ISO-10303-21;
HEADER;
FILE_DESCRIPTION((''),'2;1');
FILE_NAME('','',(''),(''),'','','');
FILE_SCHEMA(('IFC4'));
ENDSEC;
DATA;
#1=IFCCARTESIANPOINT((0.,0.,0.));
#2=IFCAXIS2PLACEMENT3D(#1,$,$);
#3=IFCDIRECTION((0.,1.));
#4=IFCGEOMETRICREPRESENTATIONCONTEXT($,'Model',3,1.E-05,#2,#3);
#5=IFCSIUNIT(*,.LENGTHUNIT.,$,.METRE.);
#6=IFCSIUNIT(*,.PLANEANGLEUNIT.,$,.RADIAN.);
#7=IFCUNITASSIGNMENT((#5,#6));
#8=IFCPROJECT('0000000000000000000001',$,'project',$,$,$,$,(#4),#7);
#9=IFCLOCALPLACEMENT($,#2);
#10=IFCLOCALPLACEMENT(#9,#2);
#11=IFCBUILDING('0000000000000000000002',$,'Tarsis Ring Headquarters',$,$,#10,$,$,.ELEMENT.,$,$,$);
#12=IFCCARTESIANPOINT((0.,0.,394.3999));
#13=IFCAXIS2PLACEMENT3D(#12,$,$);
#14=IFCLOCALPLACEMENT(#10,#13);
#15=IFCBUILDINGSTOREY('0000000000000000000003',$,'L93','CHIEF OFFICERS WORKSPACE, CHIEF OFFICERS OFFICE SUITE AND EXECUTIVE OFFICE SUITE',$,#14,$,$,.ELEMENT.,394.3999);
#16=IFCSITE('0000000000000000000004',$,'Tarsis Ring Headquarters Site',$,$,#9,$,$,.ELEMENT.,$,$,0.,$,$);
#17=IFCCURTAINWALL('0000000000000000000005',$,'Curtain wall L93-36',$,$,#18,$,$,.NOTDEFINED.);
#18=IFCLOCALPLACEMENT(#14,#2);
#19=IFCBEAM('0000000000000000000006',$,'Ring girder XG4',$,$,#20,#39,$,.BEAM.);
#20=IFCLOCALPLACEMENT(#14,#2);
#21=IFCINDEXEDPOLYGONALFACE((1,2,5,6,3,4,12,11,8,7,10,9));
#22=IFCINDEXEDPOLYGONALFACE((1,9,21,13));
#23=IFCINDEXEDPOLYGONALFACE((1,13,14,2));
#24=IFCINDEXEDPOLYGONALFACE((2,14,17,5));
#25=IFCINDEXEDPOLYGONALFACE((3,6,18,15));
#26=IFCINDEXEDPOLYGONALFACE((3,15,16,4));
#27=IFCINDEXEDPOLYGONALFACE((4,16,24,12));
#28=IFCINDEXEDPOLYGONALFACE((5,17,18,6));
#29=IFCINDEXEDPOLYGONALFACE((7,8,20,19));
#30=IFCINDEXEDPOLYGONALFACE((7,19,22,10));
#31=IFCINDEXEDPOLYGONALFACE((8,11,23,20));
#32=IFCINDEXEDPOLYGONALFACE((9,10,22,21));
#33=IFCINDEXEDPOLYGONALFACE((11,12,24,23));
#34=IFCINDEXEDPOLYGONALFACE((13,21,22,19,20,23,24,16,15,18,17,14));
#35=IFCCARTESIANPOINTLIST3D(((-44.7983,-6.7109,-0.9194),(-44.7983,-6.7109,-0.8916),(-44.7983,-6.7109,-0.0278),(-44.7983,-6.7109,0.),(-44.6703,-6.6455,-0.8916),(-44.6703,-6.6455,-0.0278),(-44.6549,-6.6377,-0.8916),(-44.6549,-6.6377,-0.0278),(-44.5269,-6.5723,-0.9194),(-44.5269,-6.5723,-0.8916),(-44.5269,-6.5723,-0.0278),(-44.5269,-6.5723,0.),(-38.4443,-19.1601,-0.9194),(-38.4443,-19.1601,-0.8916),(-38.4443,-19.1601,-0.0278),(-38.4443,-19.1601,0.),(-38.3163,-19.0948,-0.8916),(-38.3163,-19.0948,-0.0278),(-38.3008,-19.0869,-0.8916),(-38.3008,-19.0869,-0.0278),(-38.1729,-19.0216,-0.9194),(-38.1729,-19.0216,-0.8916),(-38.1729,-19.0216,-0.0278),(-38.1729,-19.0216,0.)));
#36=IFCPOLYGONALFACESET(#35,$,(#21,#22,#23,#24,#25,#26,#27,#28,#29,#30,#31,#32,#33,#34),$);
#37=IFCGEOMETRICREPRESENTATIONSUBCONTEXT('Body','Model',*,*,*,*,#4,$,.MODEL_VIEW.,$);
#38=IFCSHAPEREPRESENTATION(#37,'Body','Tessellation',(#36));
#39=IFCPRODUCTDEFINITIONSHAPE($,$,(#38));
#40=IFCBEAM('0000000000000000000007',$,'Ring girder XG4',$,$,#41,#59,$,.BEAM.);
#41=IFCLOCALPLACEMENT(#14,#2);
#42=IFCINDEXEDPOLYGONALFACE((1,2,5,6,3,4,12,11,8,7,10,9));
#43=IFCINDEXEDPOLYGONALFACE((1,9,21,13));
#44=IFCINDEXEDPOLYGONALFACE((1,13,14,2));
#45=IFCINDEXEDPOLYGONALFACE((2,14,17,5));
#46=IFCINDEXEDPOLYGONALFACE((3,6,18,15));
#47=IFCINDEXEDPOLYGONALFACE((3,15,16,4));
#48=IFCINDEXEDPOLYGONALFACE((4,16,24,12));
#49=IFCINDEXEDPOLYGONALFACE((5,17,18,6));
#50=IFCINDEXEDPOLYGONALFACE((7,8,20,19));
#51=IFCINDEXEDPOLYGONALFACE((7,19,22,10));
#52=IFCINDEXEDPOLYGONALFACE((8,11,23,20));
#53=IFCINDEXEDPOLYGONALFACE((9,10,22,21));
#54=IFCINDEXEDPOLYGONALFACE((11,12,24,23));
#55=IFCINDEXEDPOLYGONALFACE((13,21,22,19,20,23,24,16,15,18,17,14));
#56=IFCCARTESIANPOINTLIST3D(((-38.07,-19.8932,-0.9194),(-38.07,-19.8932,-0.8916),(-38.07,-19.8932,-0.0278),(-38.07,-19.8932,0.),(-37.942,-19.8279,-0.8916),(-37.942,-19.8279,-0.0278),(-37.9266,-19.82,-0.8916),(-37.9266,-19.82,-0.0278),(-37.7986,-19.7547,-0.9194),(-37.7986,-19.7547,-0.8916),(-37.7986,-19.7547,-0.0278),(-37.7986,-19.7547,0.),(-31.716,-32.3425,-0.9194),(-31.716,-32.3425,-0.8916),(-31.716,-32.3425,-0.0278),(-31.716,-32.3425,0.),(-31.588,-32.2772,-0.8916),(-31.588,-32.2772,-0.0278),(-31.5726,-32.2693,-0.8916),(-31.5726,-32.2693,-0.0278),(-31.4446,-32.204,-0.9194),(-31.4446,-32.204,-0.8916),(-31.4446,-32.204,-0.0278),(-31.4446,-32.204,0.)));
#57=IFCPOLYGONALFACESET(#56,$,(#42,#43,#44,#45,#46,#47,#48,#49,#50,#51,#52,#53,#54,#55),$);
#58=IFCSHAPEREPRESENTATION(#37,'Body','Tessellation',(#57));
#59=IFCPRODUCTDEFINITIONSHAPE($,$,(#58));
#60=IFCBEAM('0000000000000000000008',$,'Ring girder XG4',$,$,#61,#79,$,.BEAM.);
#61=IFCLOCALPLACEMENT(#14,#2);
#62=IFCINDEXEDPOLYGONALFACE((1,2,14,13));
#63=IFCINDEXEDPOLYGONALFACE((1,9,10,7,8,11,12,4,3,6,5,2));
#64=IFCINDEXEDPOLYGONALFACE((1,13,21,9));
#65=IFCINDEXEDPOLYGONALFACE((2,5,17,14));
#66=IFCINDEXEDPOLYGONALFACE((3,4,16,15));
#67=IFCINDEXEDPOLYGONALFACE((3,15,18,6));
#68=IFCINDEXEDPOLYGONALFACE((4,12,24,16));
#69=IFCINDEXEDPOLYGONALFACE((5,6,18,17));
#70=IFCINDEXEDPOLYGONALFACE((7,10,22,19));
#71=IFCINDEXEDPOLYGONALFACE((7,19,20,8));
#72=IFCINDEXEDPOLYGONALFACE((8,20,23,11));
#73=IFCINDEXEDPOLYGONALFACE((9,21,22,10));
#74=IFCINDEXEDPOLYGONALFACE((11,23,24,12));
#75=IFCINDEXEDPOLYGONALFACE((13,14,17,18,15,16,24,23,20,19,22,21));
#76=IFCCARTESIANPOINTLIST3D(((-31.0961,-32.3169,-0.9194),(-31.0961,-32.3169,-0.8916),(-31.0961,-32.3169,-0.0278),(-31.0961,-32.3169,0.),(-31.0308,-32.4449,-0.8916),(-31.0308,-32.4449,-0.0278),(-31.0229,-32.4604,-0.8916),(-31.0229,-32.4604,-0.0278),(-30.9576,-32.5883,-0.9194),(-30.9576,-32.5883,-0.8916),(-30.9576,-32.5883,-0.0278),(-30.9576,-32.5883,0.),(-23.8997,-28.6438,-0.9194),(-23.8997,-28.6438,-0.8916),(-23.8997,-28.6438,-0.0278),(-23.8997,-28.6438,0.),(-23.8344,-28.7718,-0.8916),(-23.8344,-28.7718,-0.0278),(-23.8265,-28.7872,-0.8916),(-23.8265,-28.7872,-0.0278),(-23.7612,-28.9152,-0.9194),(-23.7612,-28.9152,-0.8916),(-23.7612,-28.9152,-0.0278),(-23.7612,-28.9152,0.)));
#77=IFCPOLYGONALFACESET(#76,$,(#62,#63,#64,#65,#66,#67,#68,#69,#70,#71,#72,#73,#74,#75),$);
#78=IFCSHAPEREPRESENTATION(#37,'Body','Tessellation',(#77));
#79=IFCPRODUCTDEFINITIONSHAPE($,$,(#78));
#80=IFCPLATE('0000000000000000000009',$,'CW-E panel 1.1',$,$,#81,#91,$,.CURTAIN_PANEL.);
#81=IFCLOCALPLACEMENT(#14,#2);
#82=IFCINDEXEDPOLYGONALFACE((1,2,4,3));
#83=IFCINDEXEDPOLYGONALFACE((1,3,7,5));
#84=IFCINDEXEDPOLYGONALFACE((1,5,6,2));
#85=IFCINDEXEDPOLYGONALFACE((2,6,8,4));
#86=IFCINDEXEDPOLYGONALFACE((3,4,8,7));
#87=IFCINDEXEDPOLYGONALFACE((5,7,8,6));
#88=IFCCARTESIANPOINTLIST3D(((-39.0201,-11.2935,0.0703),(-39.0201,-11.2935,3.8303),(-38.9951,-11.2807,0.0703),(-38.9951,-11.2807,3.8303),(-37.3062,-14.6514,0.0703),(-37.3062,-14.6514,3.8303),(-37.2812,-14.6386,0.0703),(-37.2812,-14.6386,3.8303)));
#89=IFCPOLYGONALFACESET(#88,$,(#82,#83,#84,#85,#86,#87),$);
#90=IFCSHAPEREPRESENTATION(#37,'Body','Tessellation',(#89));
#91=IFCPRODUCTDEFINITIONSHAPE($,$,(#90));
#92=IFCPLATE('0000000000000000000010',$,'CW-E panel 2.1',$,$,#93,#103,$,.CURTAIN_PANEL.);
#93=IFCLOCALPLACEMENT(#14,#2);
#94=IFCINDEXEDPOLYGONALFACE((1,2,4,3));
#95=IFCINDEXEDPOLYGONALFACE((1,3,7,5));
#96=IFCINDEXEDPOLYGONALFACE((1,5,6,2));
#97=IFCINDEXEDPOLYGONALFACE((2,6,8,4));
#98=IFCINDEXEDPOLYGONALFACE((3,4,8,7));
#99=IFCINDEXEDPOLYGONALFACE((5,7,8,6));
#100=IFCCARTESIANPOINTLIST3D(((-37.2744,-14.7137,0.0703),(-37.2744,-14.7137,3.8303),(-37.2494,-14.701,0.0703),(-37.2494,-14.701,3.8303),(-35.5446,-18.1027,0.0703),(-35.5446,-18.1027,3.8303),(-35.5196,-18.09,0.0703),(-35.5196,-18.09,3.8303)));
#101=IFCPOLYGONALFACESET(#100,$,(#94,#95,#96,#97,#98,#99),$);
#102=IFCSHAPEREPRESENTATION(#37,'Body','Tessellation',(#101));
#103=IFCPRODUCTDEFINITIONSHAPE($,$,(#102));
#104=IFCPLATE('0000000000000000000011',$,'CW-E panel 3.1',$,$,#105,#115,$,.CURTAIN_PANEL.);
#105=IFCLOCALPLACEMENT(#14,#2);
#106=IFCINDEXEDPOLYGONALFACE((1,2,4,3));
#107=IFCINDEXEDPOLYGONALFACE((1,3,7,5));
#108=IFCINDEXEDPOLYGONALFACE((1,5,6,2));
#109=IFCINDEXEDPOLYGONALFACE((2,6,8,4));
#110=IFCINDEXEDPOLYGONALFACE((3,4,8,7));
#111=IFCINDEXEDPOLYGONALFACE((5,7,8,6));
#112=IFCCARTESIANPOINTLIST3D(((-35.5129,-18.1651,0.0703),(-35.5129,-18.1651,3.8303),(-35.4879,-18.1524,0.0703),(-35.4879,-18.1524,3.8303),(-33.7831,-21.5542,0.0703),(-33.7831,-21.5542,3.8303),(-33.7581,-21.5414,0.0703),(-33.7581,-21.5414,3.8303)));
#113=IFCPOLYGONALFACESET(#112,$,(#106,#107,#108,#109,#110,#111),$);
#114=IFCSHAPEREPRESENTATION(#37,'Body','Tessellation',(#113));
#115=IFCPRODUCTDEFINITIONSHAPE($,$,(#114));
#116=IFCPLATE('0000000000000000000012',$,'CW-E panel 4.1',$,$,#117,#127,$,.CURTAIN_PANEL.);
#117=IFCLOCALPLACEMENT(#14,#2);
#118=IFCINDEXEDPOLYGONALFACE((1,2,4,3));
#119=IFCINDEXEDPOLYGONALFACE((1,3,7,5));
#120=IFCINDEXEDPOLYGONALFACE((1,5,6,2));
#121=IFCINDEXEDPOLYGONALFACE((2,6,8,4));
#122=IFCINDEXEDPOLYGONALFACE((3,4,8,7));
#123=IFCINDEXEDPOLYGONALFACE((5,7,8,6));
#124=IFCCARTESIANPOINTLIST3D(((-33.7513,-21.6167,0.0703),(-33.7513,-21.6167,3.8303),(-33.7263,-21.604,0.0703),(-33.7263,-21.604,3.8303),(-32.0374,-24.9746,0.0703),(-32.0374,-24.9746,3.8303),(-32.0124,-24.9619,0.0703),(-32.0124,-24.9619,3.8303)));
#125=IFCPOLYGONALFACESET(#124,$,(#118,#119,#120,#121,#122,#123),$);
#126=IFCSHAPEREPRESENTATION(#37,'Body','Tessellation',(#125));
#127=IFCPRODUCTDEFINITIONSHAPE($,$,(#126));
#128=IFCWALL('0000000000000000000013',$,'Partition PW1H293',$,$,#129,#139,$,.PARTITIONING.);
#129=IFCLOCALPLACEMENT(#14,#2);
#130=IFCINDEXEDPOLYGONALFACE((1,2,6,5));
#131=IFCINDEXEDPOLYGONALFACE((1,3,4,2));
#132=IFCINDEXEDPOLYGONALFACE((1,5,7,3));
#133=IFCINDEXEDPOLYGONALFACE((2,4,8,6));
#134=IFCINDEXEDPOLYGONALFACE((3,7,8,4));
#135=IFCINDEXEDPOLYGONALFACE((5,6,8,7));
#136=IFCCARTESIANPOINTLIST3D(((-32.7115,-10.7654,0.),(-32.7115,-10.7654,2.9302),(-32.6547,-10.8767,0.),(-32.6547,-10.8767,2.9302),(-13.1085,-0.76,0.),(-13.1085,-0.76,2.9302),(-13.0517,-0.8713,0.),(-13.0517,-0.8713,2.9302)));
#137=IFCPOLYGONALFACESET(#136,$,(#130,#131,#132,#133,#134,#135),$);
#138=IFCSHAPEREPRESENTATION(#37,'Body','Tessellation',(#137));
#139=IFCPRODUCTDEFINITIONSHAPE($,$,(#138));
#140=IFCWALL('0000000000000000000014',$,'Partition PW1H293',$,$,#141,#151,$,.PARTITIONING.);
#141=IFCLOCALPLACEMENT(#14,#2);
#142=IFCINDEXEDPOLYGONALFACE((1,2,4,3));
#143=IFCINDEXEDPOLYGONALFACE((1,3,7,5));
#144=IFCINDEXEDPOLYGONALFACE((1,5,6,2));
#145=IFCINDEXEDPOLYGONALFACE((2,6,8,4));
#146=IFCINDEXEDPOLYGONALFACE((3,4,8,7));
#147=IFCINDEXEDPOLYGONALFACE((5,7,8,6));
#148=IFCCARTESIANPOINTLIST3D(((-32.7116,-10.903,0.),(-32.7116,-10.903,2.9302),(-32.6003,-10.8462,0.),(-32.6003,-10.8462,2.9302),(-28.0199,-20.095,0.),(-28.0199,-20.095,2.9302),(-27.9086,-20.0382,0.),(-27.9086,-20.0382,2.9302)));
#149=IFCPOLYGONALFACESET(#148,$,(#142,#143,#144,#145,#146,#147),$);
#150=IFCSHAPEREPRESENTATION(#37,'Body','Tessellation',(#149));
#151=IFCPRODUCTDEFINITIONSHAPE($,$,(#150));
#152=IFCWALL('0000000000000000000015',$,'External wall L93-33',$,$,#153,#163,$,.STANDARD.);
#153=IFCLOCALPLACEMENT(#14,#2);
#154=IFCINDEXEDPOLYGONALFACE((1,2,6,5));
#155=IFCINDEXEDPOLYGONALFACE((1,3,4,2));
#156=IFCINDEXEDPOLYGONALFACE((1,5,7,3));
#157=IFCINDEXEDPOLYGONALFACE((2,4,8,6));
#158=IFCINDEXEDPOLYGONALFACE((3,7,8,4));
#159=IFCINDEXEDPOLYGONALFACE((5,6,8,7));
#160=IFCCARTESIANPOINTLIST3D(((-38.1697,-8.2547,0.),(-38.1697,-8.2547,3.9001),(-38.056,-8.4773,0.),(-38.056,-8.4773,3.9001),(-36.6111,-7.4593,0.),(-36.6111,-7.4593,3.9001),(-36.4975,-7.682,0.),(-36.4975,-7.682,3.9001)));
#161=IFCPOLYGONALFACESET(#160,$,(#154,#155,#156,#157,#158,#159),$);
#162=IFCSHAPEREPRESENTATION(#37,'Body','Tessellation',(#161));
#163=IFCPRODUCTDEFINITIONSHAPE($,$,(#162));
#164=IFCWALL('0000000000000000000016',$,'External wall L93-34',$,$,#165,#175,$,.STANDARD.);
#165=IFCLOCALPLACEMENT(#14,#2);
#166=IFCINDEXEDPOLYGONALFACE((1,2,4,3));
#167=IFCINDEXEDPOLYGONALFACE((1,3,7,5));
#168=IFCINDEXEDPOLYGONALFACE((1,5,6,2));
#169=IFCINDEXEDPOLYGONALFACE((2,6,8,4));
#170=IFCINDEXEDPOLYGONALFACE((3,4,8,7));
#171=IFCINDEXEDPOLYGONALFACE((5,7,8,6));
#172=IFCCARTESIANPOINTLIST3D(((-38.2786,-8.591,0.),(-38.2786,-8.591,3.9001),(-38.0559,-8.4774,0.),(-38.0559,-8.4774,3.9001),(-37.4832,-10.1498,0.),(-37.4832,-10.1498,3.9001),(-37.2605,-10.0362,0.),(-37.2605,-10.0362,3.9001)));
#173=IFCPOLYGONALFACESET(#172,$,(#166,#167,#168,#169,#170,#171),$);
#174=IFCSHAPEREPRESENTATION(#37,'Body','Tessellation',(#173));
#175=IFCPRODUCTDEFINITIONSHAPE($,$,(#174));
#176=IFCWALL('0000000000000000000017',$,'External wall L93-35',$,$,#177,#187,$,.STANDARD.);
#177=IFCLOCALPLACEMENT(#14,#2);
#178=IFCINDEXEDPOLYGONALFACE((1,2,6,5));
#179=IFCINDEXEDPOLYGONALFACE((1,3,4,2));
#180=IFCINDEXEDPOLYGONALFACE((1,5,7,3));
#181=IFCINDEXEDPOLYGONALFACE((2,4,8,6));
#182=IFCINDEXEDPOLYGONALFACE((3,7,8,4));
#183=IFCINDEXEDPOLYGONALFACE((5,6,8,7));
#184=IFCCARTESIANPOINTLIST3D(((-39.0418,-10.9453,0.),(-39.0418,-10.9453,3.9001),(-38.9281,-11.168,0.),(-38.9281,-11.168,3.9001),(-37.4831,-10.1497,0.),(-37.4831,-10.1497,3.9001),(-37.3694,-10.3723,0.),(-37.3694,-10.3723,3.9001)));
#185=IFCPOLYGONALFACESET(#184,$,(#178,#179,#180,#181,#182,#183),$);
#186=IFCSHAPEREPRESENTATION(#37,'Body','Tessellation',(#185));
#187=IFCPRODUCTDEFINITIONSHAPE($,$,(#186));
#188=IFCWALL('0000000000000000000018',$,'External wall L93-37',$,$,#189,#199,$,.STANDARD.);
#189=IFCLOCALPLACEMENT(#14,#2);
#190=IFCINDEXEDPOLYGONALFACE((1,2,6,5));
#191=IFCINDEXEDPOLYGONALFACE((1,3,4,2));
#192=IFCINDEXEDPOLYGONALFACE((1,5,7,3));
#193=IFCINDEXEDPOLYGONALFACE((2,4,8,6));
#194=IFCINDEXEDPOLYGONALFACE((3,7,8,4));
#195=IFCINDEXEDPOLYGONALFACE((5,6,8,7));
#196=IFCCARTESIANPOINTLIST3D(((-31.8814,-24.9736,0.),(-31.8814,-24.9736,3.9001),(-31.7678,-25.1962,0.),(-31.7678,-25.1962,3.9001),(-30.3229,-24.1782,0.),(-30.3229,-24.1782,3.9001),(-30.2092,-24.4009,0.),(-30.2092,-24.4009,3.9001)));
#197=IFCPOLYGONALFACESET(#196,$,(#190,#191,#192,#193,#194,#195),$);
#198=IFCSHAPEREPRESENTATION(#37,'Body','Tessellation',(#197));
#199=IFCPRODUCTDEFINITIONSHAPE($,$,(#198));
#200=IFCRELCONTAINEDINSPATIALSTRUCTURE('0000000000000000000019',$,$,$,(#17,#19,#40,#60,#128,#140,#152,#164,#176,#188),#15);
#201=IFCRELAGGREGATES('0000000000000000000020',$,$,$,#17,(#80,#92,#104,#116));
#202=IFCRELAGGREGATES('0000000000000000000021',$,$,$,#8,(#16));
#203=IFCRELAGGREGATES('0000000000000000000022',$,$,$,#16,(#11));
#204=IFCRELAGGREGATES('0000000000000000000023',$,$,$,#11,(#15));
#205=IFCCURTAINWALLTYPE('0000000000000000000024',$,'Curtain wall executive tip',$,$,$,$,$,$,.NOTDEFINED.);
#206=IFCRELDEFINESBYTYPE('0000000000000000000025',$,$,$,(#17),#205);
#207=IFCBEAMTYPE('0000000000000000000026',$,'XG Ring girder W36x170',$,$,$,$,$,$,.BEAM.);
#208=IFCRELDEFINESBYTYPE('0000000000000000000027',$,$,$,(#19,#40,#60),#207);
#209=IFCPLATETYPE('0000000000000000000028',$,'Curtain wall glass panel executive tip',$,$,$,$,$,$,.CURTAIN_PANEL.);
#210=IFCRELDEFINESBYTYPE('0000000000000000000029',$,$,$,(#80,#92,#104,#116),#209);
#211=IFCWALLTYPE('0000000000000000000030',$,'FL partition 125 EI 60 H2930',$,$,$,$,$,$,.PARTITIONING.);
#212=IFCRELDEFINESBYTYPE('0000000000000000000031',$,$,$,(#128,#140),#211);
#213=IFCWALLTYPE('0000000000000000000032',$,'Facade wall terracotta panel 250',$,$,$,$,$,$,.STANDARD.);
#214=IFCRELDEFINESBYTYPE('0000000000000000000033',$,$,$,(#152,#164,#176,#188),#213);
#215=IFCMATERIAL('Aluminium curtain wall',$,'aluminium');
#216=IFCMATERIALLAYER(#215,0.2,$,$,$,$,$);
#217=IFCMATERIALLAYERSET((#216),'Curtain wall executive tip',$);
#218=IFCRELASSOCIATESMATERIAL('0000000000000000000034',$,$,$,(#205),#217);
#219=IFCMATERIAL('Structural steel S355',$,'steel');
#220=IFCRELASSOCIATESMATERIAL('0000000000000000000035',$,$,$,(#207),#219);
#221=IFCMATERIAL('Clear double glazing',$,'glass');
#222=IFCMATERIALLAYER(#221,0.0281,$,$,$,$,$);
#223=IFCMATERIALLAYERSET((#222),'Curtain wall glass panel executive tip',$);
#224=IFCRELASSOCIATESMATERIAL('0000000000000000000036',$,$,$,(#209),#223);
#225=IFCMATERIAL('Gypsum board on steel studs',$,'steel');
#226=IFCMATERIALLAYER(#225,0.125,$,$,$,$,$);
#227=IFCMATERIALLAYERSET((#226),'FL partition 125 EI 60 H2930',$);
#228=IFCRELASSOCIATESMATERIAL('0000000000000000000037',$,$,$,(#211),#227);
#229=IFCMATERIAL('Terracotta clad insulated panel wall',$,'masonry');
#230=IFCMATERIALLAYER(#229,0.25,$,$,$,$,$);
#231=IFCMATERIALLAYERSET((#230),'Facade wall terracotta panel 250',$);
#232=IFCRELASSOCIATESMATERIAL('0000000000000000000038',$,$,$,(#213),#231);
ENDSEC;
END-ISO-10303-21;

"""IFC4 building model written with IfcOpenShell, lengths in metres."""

from ifc_helpers import new_model, si_unit, direction, frame, frame_2d, origin, origin_2d, place, context, subcontext, project, spatial, rectangle, i_section, extrude, material, layer, layer_set, material_profile, profile_set, type_object, element, aggregate, save


model = new_model("IFC4")

# Units and contexts
model_context = context("Model", 3, precision=1e-05, world=origin(), true_north=direction((0.0, 1.0)))
body_context = subcontext(model_context, "Body", "Model", "MODEL_VIEW")
ifc_project = project(units=[si_unit("LENGTHUNIT", "METRE"), si_unit("PLANEANGLEUNIT", "RADIAN")], contexts=[model_context])

# Site, building, storey
site_placement = place(None, origin())
site = spatial("IfcSite", under=ifc_project, at=site_placement, Name="Tarsis Ring Headquarters Site", CompositionType="ELEMENT", RefElevation=0.0)
building_placement = place(site_placement, origin())
building = spatial("IfcBuilding", under=site, at=building_placement, Name="Tarsis Ring Headquarters", CompositionType="ELEMENT")
storey_placement = place(building_placement, frame((0.0, 0.0, 394.3999)))
storey = spatial("IfcBuildingStorey", under=building, at=storey_placement, Name="L93", Description="CHIEF OFFICERS WORKSPACE, CHIEF OFFICERS OFFICE SUITE AND EXECUTIVE OFFICE SUITE", CompositionType="ELEMENT", Elevation=394.3999)

# Shared definitions
ifc_material_1 = material(Name="Structural steel S355", Category="steel")

# Curtain wall
ifc_material_2 = material(Name="Aluminium curtain wall", Category="aluminium")
ifc_layer_1 = layer(ifc_material_2, 0.2)
ifc_layer_set_1 = layer_set([ifc_layer_1], Name="Curtain wall executive tip")
curtain_wall_type = type_object("IfcCurtainWallType", Name="Curtain wall executive tip", PredefinedType="NOTDEFINED", material=ifc_layer_set_1)
curtain_wall_placement = place(storey_placement, origin())
curtain_wall = element("IfcCurtainWall", 1, at=curtain_wall_placement, inside=storey, type_object=curtain_wall_type, Name="Curtain wall L93-36", PredefinedType="NOTDEFINED")

# Beams
ifc_material_profile_1 = material_profile(ifc_material_1, i_section(OverallWidth=0.3047, OverallDepth=0.9194, WebThickness=0.0173, FlangeThickness=0.0278, at=origin_2d()), Name="W36x170")
ifc_profile_set_1 = profile_set([ifc_material_profile_1], Name="Structural steel S355")
beam_type = type_object("IfcBeamType", Name="XG Ring girder W36x170", PredefinedType="BEAM", material=ifc_profile_set_1)
for number, where, z_axis, x_axis, name in (
    (2, (-44.6626, -6.6416, -0.4597), (0.454604, -0.890693, 0.0), (0.890693, 0.454604, 0.0), "Ring girder XG4"),
    (3, (-37.9343, -19.824, -0.4597), (0.454604, -0.890693, 0.0), (0.890693, 0.454604, 0.0), "Ring girder XG4"),
):
    element("IfcBeam", number, at=place(storey_placement, frame(where, z_axis=z_axis, x_axis=x_axis)), inside=storey, type_object=beam_type, Name=name, PredefinedType="BEAM", context=body_context, shape_type="SweptSolid", body=[
        extrude(i_section(OverallWidth=0.3047, OverallDepth=0.9194, WebThickness=0.0173, FlangeThickness=0.0278, at=origin_2d()), origin(), (0.0, 0.0, 1.0), 13.9771),
    ])
beam_placement = place(storey_placement, frame((-31.0269, -32.4526, -0.4597), z_axis=(0.890686, 0.45462, 0.0), x_axis=(-0.45462, 0.890686, 0.0)))
element("IfcBeam", 4, at=beam_placement, inside=storey, type_object=beam_type, Name="Ring girder XG4", PredefinedType="BEAM", context=body_context, shape_type="SweptSolid", body=[
    extrude(i_section(OverallWidth=0.3047, OverallDepth=0.9194, WebThickness=0.0173, FlangeThickness=0.0278, at=origin_2d()), origin(), (0.0, 0.0, 1.0), 8.0796),
])

# Plates
ifc_material_3 = material(Name="Clear double glazing", Category="glass")
ifc_layer_2 = layer(ifc_material_3, 0.0281)
ifc_layer_set_2 = layer_set([ifc_layer_2], Name="Curtain wall glass panel executive tip")
plate_type = type_object("IfcPlateType", Name="Curtain wall glass panel executive tip", PredefinedType="CURTAIN_PANEL", material=ifc_layer_set_2)
plate_1_placement = place(storey_placement, frame((-38.1506, -12.9661, 0.0703), z_axis=(0.0, 0.0, 1.0), x_axis=(0.454612, -0.890689, 0.0)))
plate_1 = element("IfcPlate", 5, at=plate_1_placement, type_object=plate_type, Name="CW-E panel 1.1", PredefinedType="CURTAIN_PANEL", context=body_context, shape_type="SweptSolid", body=[
    extrude(rectangle(XDim=3.77, YDim=0.0281, at=origin_2d()), origin(), (0.0, 0.0, 1.0), 3.76),
])
plate_2_placement = place(storey_placement, frame((-36.397, -16.4019, 0.0703), z_axis=(0.0, 0.0, 1.0), x_axis=(0.454612, -0.890689, 0.0)))
plate_2 = element("IfcPlate", 6, at=plate_2_placement, type_object=plate_type, Name="CW-E panel 2.1", PredefinedType="CURTAIN_PANEL", context=body_context, shape_type="SweptSolid", body=[
    extrude(rectangle(XDim=3.8049, YDim=0.0281, at=origin_2d()), origin(), (0.0, 0.0, 1.0), 3.76),
])
plate_3_placement = place(storey_placement, frame((-34.6355, -19.8533, 0.0703), z_axis=(0.0, 0.0, 1.0), x_axis=(0.454612, -0.890689, 0.0)))
plate_3 = element("IfcPlate", 7, at=plate_3_placement, type_object=plate_type, Name="CW-E panel 3.1", PredefinedType="CURTAIN_PANEL", context=body_context, shape_type="SweptSolid", body=[
    extrude(rectangle(XDim=3.8049, YDim=0.0281, at=origin_2d()), origin(), (0.0, 0.0, 1.0), 3.76),
])
plate_4_placement = place(storey_placement, frame((-32.8818, -23.2893, 0.0703), z_axis=(0.0, 0.0, 1.0), x_axis=(0.454612, -0.890689, 0.0)))
plate_4 = element("IfcPlate", 8, at=plate_4_placement, type_object=plate_type, Name="CW-E panel 4.1", PredefinedType="CURTAIN_PANEL", context=body_context, shape_type="SweptSolid", body=[
    extrude(rectangle(XDim=3.77, YDim=0.0281, at=origin_2d()), origin(), (0.0, 0.0, 1.0), 3.76),
])
aggregate(curtain_wall, [plate_1, plate_2, plate_3, plate_4])

# Walls
ifc_material_4 = material(Name="Gypsum board on steel studs", Category="steel")
ifc_layer_3 = layer(ifc_material_4, 0.125)
ifc_layer_set_3 = layer_set([ifc_layer_3], Name="FL partition 125 EI 60 H2930")
wall_type_1 = type_object("IfcWallType", Name="FL partition 125 EI 60 H2930", PredefinedType="PARTITIONING", material=ifc_layer_set_3)
wall_1_placement = place(storey_placement, frame((-32.6831, -10.821, 0.0), z_axis=(0.0, 0.0, 1.0), x_axis=(0.890691, 0.454608, 0.0)))
element("IfcWall", 9, at=wall_1_placement, inside=storey, type_object=wall_type_1, Name="Partition PW1H293", PredefinedType="PARTITIONING", context=body_context, shape_type="SweptSolid", body=[
    extrude(rectangle(XDim=22.0088, YDim=0.125, at=frame_2d((11.0044, 0.0))), origin(), (0.0, 0.0, 1.0), 2.9302),
])
wall_2_placement = place(storey_placement, frame((-32.656, -10.8745, 0.0), z_axis=(0.0, 0.0, 1.0), x_axis=(0.454617, -0.890687, 0.0)))
element("IfcWall", 10, at=wall_2_placement, inside=storey, type_object=wall_type_1, Name="Partition PW1H293", PredefinedType="PARTITIONING", context=body_context, shape_type="SweptSolid", body=[
    extrude(rectangle(XDim=10.3201, YDim=0.125, at=frame_2d((5.1602, 0.0))), origin(), (0.0, 0.0, 1.0), 2.9302),
])
ifc_material_5 = material(Name="Terracotta clad insulated panel wall", Category="masonry")
ifc_layer_4 = layer(ifc_material_5, 0.25)
ifc_layer_set_4 = layer_set([ifc_layer_4], Name="Facade wall terracotta panel 250")
wall_type_2 = type_object("IfcWallType", Name="Facade wall terracotta panel 250", PredefinedType="STANDARD", material=ifc_layer_set_4)
wall_3_placement = place(storey_placement, frame((-36.5542, -7.5706, 0.0), z_axis=(0.0, 0.0, 1.0), x_axis=(-0.890713, -0.454565, 0.0)))
element("IfcWall", 11, at=wall_3_placement, inside=storey, type_object=wall_type_2, Name="External wall L93-33", PredefinedType="STANDARD", context=body_context, shape_type="SweptSolid", body=[
    extrude(rectangle(XDim=1.7498, YDim=0.25, at=frame_2d((0.875, 0.0))), origin(), (0.0, 0.0, 1.0), 3.9001),
])
for number, where, z_axis, x_axis, name in (
    (12, (-38.1672, -8.5342, 0.0), (0.0, 0.0, 1.0), (0.454509, -0.890742, 0.0), "External wall L93-34"),
    (13, (-37.4263, -10.261, 0.0), (0.0, 0.0, 1.0), (-0.890657, -0.454676, 0.0), "External wall L93-35"),
):
    element("IfcWall", number, at=place(storey_placement, frame(where, z_axis=z_axis, x_axis=x_axis)), inside=storey, type_object=wall_type_2, Name=name, PredefinedType="STANDARD", context=body_context, shape_type="SweptSolid", body=[
        extrude(rectangle(XDim=1.75, YDim=0.25, at=frame_2d((0.875, 0.0))), origin(), (0.0, 0.0, 1.0), 3.9001),
    ])
wall_4_placement = place(storey_placement, frame((-31.8247, -25.085, 0.0), z_axis=(0.0, 0.0, 1.0), x_axis=(0.890713, 0.454565, 0.0)))
element("IfcWall", 14, at=wall_4_placement, inside=storey, type_object=wall_type_2, Name="External wall L93-37", PredefinedType="STANDARD", context=body_context, shape_type="SweptSolid", body=[
    extrude(rectangle(XDim=1.7498, YDim=0.25, at=frame_2d((0.875, 0.0))), origin(), (0.0, 0.0, 1.0), 3.9001),
])

save(model, "model.ifc")
